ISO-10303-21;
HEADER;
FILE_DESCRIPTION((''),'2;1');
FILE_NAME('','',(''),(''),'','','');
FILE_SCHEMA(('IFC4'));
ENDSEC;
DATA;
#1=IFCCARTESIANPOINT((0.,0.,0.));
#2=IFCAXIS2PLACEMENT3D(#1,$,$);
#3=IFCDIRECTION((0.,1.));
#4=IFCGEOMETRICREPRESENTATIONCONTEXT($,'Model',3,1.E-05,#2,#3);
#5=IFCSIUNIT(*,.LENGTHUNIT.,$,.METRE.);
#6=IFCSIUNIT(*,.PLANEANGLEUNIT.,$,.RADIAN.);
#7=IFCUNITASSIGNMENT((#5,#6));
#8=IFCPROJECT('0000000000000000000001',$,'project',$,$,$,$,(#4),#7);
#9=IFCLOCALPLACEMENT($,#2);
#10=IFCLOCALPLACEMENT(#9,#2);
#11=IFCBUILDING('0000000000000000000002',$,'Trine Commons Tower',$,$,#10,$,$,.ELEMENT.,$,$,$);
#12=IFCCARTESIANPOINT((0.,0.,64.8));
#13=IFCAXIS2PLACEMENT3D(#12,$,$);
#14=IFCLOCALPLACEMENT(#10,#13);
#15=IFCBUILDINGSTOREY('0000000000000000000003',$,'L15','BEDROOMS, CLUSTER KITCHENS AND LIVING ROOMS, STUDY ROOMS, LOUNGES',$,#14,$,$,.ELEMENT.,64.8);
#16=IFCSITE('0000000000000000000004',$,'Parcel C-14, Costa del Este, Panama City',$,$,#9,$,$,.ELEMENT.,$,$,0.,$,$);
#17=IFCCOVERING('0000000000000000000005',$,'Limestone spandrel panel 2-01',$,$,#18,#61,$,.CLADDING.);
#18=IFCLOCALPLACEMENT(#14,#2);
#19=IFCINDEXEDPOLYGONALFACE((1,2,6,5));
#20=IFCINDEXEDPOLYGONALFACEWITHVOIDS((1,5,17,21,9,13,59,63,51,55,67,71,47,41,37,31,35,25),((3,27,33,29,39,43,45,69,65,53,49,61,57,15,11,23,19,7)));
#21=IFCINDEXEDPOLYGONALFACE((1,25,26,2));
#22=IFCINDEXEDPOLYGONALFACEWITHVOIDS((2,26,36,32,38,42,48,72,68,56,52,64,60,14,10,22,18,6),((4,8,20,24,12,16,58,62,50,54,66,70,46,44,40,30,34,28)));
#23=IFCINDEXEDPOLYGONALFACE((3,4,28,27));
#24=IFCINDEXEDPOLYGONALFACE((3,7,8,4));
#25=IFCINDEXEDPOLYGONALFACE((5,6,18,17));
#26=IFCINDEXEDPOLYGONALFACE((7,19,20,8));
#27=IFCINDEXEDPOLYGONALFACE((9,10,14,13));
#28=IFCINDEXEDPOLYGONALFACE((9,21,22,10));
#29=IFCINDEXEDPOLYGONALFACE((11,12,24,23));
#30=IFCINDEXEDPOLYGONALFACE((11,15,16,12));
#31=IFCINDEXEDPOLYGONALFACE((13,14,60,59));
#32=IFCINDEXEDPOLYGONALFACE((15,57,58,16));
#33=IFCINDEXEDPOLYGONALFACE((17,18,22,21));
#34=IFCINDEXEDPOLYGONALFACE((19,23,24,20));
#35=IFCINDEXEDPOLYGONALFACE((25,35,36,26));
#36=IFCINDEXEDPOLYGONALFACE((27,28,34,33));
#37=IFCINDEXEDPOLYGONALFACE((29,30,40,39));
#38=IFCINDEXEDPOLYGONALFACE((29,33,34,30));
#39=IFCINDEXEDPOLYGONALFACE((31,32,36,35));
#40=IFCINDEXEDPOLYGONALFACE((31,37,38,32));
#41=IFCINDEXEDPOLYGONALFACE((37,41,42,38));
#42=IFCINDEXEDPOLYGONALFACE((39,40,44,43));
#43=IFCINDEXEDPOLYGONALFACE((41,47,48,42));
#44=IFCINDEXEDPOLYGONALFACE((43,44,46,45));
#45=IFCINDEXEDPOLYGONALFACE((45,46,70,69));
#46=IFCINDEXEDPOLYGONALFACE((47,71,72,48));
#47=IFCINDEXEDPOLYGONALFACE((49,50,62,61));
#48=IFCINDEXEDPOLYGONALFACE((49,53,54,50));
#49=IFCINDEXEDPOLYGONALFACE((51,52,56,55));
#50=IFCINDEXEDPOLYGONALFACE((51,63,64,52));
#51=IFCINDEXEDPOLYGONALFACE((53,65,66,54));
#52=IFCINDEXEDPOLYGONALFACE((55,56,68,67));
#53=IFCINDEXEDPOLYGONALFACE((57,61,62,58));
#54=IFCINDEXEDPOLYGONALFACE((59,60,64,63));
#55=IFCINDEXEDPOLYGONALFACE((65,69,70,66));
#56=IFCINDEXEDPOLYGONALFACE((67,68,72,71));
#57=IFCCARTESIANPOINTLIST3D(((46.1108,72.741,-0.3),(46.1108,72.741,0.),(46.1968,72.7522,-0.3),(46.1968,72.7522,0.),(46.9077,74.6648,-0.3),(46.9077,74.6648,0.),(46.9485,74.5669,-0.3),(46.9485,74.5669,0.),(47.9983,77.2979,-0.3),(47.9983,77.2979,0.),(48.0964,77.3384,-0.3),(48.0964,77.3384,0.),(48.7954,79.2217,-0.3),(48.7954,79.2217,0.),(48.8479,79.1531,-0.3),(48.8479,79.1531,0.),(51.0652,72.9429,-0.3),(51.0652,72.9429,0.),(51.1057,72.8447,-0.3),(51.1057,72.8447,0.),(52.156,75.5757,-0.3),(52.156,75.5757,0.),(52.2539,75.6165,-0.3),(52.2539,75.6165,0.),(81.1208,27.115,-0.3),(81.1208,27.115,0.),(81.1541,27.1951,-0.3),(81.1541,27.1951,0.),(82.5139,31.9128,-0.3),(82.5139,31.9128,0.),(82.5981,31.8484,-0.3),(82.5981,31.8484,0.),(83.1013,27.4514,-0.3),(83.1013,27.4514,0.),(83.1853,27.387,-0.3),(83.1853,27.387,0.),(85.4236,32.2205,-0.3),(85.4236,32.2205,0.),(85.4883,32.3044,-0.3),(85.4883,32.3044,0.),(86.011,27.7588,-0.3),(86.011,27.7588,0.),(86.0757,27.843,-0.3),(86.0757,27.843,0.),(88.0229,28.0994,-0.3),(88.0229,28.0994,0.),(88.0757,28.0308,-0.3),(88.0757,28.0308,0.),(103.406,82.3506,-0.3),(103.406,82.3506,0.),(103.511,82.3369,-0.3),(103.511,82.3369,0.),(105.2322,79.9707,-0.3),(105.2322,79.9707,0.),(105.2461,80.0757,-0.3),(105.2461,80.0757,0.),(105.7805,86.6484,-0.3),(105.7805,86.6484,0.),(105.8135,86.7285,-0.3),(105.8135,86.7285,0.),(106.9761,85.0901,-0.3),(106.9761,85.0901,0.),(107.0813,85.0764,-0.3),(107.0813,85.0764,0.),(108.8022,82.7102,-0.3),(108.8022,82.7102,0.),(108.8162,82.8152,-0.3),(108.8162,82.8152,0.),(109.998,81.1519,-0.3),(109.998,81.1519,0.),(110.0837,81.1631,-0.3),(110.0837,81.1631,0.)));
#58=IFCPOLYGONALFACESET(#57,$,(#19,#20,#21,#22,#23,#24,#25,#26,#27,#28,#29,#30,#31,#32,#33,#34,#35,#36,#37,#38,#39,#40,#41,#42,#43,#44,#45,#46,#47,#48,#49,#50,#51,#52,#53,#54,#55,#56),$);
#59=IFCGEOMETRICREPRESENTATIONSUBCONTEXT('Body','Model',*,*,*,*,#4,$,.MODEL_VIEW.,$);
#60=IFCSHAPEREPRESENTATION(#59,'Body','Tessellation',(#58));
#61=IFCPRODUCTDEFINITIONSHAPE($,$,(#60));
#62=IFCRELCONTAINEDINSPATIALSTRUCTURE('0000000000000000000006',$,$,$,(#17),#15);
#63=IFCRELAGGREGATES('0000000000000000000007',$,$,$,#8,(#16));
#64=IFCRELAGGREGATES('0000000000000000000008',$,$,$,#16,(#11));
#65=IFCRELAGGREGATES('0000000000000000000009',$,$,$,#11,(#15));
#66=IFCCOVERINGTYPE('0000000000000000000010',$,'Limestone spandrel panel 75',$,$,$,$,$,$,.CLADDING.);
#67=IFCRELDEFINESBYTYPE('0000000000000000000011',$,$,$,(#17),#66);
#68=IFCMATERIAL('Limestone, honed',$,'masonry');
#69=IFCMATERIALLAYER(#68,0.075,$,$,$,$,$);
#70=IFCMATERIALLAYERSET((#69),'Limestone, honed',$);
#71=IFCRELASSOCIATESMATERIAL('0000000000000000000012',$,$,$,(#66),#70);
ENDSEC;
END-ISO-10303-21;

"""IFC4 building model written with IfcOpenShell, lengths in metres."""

from ifc_helpers import new_model, si_unit, direction, frame, origin, place, context, subcontext, project, spatial, polyline, outline, extrude, material, layer, layer_set, type_object, element, save


model = new_model("IFC4")

# Units and contexts
model_context = context("Model", 3, precision=1e-05, world=origin(), true_north=direction((0.0, 1.0)))
body_context = subcontext(model_context, "Body", "Model", "MODEL_VIEW")
ifc_project = project(units=[si_unit("LENGTHUNIT", "METRE"), si_unit("PLANEANGLEUNIT", "RADIAN")], contexts=[model_context])

# Site, building, storey
site_placement = place(None, origin())
site = spatial("IfcSite", under=ifc_project, at=site_placement, Name="Parcel C-14, Costa del Este, Panama City", CompositionType="ELEMENT", RefElevation=0.0)
building_placement = place(site_placement, origin())
building = spatial("IfcBuilding", under=site, at=building_placement, Name="Trine Commons Tower", CompositionType="ELEMENT")
storey_placement = place(building_placement, frame((0.0, 0.0, 64.8)))
storey = spatial("IfcBuildingStorey", under=building, at=storey_placement, Name="L15", Description="BEDROOMS, CLUSTER KITCHENS AND LIVING ROOMS, STUDY ROOMS, LOUNGES", CompositionType="ELEMENT", Elevation=64.8)

# Covering
ifc_material_1 = material(Name="Limestone, honed", Category="masonry")
ifc_layer_1 = layer(ifc_material_1, 0.075)
ifc_layer_set_1 = layer_set([ifc_layer_1], Name="Limestone, honed")
covering_type_1 = type_object("IfcCoveringType", Name="Limestone spandrel panel 75", PredefinedType="CLADDING", material=ifc_layer_set_1)
covering_1_placement = place(storey_placement, frame((0.0, 0.0, -0.3)))
element("IfcCovering", 1, at=covering_1_placement, inside=storey, type_object=covering_type_1, Name="Limestone spandrel panel 2-01", PredefinedType="CLADDING", context=body_context, shape_type="SweptSolid", body=[
    extrude(outline(polyline([(85.4236, 32.2205), (86.011, 27.7588), (88.0757, 28.0308), (110.0837, 81.1631), (108.8162, 82.8152), (105.2461, 80.0757), (103.511, 82.3369), (107.0813, 85.0764), (105.8135, 86.7285), (48.7954, 79.2217), (47.9983, 77.2979), (52.156, 75.5757), (51.0652, 72.9429), (46.9077, 74.6648), (46.1108, 72.741), (81.1208, 27.115), (83.1853, 27.387), (82.5981, 31.8484), (85.4236, 32.2205)]), holes=[polyline([(108.8022, 82.7102), (109.998, 81.1519), (88.0229, 28.0994), (86.0757, 27.843), (85.4883, 32.3044), (82.5139, 31.9128), (83.1013, 27.4514), (81.1541, 27.1951), (46.1968, 72.7522), (46.9485, 74.5669), (51.1057, 72.8447), (52.2539, 75.6165), (48.0964, 77.3384), (48.8479, 79.1531), (105.7805, 86.6484), (106.9761, 85.0901), (103.406, 82.3506), (105.2322, 79.9707), (108.8022, 82.7102)])]), origin(), (0.0, 0.0, 1.0), 0.3),
])

save(model, "model.ifc")
